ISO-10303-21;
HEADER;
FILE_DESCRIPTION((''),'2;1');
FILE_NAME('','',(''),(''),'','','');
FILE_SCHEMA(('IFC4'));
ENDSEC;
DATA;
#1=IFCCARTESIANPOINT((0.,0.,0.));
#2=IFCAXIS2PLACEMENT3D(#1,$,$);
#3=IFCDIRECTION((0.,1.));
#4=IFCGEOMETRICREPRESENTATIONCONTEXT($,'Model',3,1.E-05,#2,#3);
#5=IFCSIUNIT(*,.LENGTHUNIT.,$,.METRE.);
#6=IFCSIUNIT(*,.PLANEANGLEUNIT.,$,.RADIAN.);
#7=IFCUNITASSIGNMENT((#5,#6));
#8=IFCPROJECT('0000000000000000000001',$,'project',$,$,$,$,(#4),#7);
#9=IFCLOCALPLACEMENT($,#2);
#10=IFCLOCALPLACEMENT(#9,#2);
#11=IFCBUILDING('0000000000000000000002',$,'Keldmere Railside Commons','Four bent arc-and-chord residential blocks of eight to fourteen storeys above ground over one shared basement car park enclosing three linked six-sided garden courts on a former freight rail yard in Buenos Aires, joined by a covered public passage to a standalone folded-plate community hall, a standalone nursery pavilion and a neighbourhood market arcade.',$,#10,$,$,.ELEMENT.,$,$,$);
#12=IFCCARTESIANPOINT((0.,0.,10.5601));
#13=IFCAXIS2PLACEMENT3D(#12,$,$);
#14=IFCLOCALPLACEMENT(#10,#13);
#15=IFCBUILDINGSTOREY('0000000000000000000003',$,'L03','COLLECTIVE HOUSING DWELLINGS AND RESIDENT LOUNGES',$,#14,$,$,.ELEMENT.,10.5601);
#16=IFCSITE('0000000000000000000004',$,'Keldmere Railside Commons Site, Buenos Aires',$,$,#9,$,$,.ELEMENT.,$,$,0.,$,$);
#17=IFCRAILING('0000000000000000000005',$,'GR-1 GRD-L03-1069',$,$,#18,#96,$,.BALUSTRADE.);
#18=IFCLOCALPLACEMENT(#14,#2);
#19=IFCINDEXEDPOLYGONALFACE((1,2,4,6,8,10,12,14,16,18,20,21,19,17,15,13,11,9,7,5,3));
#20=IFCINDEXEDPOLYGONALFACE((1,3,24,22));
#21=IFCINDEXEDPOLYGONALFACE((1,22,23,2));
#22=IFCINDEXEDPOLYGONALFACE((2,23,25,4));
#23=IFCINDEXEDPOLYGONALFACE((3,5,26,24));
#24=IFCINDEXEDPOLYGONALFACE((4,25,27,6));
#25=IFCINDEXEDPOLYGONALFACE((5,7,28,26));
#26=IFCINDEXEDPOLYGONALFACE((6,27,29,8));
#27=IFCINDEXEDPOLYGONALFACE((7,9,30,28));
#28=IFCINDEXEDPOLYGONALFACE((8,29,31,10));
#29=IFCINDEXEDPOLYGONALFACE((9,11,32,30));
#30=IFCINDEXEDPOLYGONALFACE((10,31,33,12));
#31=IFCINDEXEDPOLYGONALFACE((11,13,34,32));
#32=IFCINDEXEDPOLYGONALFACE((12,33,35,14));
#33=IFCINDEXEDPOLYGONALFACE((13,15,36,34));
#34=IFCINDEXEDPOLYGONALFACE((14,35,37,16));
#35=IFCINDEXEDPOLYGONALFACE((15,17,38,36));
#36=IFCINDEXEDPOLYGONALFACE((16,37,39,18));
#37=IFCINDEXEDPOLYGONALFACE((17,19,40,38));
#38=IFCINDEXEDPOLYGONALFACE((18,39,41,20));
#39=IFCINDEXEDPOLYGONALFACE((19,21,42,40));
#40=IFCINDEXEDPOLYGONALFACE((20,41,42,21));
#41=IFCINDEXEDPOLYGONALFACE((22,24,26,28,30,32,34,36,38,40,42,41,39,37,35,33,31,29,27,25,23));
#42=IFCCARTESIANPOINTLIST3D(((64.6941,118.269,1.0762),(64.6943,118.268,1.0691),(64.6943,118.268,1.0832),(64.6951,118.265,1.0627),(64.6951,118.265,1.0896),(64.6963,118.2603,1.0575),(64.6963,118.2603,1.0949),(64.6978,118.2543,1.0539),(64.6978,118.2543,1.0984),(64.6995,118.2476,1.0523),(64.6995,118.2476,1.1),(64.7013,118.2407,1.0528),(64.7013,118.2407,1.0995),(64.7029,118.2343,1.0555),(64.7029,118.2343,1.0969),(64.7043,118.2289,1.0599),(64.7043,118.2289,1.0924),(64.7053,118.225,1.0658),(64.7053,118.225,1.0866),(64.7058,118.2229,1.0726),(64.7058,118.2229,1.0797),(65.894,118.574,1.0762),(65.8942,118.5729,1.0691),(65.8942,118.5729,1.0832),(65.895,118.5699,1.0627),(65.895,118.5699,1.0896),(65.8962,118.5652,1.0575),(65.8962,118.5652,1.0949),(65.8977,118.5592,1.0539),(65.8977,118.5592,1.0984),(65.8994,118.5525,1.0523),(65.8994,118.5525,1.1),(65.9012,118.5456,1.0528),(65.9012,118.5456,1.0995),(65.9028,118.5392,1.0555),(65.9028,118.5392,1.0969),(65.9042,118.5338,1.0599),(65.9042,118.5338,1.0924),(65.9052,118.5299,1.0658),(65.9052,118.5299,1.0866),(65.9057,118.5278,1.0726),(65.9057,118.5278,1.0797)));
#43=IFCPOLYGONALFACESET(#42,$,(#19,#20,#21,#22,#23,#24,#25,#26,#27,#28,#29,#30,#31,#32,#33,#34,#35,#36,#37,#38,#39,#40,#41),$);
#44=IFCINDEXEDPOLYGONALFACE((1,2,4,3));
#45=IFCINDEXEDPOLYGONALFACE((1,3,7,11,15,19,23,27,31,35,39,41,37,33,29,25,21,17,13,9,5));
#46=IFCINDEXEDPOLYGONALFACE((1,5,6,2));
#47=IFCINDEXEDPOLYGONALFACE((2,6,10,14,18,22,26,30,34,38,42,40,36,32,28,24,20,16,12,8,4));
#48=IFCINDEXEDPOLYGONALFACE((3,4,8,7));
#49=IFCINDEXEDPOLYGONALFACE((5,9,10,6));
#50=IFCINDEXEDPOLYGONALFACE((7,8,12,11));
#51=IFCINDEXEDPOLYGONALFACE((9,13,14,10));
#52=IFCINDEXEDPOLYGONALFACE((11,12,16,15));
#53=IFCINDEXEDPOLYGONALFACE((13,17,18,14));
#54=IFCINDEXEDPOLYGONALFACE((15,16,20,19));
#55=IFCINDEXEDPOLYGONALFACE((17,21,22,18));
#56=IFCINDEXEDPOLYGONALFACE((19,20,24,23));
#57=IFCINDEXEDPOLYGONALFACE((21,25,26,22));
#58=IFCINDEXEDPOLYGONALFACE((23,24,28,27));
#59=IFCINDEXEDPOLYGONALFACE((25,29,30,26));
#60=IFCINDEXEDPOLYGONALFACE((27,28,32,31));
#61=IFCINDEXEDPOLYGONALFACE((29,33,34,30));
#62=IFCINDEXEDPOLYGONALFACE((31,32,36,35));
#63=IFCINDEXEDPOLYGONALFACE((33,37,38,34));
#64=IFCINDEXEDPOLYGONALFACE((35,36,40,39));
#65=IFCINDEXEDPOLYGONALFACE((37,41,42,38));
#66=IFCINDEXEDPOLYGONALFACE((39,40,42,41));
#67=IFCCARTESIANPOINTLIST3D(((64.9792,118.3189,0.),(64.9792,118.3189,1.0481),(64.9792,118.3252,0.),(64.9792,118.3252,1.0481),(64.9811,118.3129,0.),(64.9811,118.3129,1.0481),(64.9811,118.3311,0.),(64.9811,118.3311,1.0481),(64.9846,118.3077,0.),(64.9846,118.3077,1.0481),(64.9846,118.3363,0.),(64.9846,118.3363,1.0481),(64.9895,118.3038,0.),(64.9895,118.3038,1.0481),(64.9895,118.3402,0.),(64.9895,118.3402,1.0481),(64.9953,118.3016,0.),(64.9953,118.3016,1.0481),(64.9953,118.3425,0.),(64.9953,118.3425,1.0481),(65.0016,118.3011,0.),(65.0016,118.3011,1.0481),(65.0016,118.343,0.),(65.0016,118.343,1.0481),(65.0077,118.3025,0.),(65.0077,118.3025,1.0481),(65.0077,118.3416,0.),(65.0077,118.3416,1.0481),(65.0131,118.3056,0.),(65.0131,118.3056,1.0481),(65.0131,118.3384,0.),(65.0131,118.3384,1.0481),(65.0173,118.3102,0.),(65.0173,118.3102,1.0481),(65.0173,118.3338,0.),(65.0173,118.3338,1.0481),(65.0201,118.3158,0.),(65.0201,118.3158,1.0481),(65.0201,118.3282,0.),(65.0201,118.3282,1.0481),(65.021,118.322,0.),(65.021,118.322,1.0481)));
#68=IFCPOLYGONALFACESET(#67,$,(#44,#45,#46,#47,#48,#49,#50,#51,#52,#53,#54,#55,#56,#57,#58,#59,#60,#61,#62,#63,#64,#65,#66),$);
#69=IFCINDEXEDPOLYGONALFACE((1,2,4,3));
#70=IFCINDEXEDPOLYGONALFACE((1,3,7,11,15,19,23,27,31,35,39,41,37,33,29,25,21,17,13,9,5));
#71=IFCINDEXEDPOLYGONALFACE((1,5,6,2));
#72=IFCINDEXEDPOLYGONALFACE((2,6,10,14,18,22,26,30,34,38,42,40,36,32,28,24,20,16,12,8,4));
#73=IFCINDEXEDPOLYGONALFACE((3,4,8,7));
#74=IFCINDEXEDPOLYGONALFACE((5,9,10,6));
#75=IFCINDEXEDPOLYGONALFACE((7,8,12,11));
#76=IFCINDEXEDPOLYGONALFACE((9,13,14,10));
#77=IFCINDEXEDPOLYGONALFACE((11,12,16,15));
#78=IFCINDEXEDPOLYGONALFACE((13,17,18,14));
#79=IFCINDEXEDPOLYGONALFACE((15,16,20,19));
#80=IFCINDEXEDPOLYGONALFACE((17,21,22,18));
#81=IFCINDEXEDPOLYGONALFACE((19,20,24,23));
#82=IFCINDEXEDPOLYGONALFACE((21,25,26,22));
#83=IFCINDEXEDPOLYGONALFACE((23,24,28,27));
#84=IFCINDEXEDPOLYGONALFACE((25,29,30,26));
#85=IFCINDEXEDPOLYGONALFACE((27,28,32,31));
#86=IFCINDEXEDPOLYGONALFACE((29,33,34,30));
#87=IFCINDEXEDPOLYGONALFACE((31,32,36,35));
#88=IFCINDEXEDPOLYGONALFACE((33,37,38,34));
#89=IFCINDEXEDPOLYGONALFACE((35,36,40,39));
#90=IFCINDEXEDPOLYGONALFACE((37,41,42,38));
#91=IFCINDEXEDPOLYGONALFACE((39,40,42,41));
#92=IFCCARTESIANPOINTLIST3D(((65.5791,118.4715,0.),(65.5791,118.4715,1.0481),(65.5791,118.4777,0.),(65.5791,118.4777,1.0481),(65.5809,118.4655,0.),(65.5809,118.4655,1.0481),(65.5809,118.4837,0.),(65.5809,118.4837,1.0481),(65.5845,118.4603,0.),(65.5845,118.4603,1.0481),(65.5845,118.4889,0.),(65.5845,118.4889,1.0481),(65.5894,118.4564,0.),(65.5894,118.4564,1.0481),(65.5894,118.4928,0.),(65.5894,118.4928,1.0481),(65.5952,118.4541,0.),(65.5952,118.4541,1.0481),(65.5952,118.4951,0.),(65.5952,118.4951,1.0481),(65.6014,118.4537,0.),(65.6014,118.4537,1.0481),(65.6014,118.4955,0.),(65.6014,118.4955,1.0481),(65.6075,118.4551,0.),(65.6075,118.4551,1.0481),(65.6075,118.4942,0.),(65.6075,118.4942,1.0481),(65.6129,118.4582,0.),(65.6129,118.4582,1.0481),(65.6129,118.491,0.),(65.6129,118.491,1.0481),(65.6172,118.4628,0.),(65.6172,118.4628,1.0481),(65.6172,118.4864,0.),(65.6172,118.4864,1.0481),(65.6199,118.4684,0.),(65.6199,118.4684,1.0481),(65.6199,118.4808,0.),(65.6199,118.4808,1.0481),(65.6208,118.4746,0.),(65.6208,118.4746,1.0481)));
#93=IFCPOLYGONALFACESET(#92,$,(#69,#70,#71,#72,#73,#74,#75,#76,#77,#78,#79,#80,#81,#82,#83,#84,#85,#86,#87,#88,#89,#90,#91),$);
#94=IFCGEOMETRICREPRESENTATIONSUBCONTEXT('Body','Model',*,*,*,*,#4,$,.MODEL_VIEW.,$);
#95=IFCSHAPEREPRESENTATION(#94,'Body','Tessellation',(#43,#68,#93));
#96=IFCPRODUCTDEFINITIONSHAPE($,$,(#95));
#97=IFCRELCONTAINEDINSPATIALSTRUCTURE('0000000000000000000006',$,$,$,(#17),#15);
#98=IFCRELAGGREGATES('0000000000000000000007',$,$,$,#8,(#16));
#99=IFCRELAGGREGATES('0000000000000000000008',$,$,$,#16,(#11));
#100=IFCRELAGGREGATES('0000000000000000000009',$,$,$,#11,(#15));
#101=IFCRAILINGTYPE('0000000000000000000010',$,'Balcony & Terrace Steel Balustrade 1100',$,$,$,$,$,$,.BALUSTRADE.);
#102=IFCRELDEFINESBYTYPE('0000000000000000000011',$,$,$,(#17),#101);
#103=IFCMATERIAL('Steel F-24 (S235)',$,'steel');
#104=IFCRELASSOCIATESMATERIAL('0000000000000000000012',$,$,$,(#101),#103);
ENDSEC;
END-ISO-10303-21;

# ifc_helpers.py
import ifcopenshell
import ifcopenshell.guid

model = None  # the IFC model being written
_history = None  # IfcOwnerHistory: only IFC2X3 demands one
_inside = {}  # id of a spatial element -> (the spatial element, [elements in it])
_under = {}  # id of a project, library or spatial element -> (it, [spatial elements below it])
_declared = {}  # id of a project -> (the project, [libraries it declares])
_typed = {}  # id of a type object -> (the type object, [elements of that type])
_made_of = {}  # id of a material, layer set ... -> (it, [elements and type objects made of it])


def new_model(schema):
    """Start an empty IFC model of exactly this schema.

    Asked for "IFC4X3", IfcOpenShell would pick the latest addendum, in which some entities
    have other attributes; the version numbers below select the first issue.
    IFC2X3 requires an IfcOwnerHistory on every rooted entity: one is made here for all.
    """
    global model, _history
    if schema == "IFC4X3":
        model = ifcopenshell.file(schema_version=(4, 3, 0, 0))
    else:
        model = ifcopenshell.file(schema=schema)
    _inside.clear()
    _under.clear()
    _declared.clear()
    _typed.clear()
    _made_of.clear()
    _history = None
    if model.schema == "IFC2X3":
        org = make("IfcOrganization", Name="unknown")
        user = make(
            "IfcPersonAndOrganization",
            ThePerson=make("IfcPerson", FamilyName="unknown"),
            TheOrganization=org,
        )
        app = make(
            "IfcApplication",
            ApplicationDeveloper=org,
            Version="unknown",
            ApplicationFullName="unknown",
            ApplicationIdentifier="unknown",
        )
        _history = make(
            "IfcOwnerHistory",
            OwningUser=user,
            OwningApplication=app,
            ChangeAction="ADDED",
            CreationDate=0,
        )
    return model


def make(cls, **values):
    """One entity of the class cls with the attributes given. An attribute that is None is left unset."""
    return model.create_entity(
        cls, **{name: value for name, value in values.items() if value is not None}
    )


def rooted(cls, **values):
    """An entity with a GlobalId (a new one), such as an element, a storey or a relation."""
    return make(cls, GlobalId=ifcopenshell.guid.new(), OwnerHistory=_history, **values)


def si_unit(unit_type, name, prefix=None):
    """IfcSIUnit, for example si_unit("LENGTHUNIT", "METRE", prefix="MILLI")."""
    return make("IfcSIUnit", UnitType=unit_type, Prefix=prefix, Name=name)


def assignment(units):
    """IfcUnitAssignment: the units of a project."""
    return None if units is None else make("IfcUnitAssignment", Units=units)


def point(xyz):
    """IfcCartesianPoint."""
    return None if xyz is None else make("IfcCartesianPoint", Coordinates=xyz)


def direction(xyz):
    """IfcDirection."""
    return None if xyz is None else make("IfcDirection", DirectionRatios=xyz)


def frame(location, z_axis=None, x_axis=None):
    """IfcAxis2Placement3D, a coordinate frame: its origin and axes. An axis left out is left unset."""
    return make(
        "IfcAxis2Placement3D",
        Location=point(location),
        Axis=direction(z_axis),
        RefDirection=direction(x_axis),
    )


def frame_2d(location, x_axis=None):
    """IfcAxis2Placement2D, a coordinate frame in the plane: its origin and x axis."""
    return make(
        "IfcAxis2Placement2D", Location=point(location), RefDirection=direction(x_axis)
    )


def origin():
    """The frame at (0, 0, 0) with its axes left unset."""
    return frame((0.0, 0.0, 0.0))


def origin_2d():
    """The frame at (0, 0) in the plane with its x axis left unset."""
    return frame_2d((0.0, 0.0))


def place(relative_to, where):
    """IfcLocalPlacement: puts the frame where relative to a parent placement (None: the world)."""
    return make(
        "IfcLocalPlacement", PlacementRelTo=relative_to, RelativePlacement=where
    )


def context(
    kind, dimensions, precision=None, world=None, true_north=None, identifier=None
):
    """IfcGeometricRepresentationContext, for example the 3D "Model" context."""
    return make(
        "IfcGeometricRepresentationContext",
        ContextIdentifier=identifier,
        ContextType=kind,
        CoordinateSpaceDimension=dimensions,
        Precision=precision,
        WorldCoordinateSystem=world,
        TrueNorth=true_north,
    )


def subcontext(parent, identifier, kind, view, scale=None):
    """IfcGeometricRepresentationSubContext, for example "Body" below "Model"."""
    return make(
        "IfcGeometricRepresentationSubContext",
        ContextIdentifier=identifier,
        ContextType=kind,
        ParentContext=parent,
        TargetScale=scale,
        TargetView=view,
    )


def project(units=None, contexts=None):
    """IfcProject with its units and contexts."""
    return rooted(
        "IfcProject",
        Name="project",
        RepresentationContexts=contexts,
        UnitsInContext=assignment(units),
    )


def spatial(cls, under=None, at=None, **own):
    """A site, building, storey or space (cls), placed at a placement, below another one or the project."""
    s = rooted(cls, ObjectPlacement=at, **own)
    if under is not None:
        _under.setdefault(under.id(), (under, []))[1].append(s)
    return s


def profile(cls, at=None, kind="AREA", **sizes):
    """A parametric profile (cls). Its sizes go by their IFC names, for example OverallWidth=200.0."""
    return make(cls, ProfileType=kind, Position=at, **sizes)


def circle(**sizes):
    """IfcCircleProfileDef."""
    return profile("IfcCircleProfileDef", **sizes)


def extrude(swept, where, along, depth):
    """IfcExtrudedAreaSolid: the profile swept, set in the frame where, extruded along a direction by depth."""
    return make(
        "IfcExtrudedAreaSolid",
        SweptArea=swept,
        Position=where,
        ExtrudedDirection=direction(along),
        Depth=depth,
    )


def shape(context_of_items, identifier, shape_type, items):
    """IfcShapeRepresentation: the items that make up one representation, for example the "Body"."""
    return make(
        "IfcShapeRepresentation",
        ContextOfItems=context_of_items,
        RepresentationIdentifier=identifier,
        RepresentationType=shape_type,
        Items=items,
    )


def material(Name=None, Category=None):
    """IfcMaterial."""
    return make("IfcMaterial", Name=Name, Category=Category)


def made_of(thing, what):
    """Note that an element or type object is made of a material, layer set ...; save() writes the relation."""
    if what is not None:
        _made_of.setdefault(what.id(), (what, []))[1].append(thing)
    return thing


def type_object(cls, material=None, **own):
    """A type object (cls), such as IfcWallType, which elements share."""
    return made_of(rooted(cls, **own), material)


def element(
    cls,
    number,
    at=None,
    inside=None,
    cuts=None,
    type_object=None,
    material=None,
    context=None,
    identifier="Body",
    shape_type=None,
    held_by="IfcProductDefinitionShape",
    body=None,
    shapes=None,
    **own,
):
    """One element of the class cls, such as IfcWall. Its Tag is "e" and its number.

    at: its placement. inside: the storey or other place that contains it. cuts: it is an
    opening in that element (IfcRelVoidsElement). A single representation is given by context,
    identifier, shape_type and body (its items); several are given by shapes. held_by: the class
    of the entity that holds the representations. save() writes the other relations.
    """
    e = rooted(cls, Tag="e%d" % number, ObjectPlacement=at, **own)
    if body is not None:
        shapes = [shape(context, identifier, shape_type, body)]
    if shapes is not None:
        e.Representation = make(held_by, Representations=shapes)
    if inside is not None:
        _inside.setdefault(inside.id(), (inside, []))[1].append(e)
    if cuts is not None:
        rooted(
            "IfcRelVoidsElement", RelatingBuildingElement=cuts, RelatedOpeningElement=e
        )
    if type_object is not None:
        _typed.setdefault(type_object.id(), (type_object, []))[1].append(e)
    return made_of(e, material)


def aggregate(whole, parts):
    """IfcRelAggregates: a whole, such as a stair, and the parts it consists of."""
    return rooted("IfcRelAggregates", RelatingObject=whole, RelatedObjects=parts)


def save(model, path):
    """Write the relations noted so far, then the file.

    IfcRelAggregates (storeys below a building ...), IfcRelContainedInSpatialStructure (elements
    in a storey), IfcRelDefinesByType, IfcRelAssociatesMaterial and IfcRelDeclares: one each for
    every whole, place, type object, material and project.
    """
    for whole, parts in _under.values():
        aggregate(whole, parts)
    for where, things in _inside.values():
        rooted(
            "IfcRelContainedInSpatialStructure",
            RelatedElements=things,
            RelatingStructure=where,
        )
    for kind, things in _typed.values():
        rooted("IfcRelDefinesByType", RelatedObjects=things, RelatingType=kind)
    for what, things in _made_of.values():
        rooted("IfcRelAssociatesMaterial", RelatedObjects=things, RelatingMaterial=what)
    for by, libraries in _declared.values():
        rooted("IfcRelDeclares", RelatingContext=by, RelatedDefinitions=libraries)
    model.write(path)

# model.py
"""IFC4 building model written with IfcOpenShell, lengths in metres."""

from ifc_helpers import new_model, si_unit, direction, frame, origin, origin_2d, place, context, subcontext, project, spatial, circle, extrude, material, type_object, element, save


model = new_model("IFC4")

# Units and contexts
model_context = context("Model", 3, precision=1e-05, world=origin(), true_north=direction((0.0, 1.0)))
body_context = subcontext(model_context, "Body", "Model", "MODEL_VIEW")
ifc_project = project(units=[si_unit("LENGTHUNIT", "METRE"), si_unit("PLANEANGLEUNIT", "RADIAN")], contexts=[model_context])

# Site, building, storey
site_placement = place(None, origin())
site = spatial("IfcSite", under=ifc_project, at=site_placement, Name="Keldmere Railside Commons Site, Buenos Aires", CompositionType="ELEMENT", RefElevation=0.0)
building_placement = place(site_placement, origin())
building = spatial("IfcBuilding", under=site, at=building_placement, Name="Keldmere Railside Commons", Description="Four bent arc-and-chord residential blocks of eight to fourteen storeys above ground over one shared basement car park enclosing three linked six-sided garden courts on a former freight rail yard in Buenos Aires, joined by a covered public passage to a standalone folded-plate community hall, a standalone nursery pavilion and a neighbourhood market arcade.", CompositionType="ELEMENT")
storey_placement = place(building_placement, frame((0.0, 0.0, 10.5601)))
storey = spatial("IfcBuildingStorey", under=building, at=storey_placement, Name="L03", Description="COLLECTIVE HOUSING DWELLINGS AND RESIDENT LOUNGES", CompositionType="ELEMENT", Elevation=10.5601)

# Shared definitions
ifc_material_1 = material(Name="Steel F-24 (S235)", Category="steel")

# Railing
railing_type = type_object("IfcRailingType", Name="Balcony & Terrace Steel Balustrade 1100", PredefinedType="BALUSTRADE", material=ifc_material_1)
railing_1_placement = place(storey_placement, frame((64.7, 118.2458, 0.0)))
element("IfcRailing", 1, at=railing_1_placement, inside=storey, type_object=railing_type, Name="GR-1 GRD-L03-1069", PredefinedType="BALUSTRADE", context=body_context, shape_type="SweptSolid", body=[
    extrude(circle(Radius=0.0239, at=origin_2d()), frame((0.0, 0.0, 1.0762), z_axis=(0.969196, 0.246292, 0.0), x_axis=(-0.246292, 0.969196, 0.0)), (0.0, 0.0, 1.0), 1.238),
    extrude(circle(Radius=0.021, at=origin_2d()), frame((0.3, 0.0762, 0.0)), (0.0, 0.0, 1.0), 1.0481),
    extrude(circle(Radius=0.021, at=origin_2d()), frame((0.8999, 0.2288, 0.0)), (0.0, 0.0, 1.0), 1.0481),
])

save(model, "model.ifc")
